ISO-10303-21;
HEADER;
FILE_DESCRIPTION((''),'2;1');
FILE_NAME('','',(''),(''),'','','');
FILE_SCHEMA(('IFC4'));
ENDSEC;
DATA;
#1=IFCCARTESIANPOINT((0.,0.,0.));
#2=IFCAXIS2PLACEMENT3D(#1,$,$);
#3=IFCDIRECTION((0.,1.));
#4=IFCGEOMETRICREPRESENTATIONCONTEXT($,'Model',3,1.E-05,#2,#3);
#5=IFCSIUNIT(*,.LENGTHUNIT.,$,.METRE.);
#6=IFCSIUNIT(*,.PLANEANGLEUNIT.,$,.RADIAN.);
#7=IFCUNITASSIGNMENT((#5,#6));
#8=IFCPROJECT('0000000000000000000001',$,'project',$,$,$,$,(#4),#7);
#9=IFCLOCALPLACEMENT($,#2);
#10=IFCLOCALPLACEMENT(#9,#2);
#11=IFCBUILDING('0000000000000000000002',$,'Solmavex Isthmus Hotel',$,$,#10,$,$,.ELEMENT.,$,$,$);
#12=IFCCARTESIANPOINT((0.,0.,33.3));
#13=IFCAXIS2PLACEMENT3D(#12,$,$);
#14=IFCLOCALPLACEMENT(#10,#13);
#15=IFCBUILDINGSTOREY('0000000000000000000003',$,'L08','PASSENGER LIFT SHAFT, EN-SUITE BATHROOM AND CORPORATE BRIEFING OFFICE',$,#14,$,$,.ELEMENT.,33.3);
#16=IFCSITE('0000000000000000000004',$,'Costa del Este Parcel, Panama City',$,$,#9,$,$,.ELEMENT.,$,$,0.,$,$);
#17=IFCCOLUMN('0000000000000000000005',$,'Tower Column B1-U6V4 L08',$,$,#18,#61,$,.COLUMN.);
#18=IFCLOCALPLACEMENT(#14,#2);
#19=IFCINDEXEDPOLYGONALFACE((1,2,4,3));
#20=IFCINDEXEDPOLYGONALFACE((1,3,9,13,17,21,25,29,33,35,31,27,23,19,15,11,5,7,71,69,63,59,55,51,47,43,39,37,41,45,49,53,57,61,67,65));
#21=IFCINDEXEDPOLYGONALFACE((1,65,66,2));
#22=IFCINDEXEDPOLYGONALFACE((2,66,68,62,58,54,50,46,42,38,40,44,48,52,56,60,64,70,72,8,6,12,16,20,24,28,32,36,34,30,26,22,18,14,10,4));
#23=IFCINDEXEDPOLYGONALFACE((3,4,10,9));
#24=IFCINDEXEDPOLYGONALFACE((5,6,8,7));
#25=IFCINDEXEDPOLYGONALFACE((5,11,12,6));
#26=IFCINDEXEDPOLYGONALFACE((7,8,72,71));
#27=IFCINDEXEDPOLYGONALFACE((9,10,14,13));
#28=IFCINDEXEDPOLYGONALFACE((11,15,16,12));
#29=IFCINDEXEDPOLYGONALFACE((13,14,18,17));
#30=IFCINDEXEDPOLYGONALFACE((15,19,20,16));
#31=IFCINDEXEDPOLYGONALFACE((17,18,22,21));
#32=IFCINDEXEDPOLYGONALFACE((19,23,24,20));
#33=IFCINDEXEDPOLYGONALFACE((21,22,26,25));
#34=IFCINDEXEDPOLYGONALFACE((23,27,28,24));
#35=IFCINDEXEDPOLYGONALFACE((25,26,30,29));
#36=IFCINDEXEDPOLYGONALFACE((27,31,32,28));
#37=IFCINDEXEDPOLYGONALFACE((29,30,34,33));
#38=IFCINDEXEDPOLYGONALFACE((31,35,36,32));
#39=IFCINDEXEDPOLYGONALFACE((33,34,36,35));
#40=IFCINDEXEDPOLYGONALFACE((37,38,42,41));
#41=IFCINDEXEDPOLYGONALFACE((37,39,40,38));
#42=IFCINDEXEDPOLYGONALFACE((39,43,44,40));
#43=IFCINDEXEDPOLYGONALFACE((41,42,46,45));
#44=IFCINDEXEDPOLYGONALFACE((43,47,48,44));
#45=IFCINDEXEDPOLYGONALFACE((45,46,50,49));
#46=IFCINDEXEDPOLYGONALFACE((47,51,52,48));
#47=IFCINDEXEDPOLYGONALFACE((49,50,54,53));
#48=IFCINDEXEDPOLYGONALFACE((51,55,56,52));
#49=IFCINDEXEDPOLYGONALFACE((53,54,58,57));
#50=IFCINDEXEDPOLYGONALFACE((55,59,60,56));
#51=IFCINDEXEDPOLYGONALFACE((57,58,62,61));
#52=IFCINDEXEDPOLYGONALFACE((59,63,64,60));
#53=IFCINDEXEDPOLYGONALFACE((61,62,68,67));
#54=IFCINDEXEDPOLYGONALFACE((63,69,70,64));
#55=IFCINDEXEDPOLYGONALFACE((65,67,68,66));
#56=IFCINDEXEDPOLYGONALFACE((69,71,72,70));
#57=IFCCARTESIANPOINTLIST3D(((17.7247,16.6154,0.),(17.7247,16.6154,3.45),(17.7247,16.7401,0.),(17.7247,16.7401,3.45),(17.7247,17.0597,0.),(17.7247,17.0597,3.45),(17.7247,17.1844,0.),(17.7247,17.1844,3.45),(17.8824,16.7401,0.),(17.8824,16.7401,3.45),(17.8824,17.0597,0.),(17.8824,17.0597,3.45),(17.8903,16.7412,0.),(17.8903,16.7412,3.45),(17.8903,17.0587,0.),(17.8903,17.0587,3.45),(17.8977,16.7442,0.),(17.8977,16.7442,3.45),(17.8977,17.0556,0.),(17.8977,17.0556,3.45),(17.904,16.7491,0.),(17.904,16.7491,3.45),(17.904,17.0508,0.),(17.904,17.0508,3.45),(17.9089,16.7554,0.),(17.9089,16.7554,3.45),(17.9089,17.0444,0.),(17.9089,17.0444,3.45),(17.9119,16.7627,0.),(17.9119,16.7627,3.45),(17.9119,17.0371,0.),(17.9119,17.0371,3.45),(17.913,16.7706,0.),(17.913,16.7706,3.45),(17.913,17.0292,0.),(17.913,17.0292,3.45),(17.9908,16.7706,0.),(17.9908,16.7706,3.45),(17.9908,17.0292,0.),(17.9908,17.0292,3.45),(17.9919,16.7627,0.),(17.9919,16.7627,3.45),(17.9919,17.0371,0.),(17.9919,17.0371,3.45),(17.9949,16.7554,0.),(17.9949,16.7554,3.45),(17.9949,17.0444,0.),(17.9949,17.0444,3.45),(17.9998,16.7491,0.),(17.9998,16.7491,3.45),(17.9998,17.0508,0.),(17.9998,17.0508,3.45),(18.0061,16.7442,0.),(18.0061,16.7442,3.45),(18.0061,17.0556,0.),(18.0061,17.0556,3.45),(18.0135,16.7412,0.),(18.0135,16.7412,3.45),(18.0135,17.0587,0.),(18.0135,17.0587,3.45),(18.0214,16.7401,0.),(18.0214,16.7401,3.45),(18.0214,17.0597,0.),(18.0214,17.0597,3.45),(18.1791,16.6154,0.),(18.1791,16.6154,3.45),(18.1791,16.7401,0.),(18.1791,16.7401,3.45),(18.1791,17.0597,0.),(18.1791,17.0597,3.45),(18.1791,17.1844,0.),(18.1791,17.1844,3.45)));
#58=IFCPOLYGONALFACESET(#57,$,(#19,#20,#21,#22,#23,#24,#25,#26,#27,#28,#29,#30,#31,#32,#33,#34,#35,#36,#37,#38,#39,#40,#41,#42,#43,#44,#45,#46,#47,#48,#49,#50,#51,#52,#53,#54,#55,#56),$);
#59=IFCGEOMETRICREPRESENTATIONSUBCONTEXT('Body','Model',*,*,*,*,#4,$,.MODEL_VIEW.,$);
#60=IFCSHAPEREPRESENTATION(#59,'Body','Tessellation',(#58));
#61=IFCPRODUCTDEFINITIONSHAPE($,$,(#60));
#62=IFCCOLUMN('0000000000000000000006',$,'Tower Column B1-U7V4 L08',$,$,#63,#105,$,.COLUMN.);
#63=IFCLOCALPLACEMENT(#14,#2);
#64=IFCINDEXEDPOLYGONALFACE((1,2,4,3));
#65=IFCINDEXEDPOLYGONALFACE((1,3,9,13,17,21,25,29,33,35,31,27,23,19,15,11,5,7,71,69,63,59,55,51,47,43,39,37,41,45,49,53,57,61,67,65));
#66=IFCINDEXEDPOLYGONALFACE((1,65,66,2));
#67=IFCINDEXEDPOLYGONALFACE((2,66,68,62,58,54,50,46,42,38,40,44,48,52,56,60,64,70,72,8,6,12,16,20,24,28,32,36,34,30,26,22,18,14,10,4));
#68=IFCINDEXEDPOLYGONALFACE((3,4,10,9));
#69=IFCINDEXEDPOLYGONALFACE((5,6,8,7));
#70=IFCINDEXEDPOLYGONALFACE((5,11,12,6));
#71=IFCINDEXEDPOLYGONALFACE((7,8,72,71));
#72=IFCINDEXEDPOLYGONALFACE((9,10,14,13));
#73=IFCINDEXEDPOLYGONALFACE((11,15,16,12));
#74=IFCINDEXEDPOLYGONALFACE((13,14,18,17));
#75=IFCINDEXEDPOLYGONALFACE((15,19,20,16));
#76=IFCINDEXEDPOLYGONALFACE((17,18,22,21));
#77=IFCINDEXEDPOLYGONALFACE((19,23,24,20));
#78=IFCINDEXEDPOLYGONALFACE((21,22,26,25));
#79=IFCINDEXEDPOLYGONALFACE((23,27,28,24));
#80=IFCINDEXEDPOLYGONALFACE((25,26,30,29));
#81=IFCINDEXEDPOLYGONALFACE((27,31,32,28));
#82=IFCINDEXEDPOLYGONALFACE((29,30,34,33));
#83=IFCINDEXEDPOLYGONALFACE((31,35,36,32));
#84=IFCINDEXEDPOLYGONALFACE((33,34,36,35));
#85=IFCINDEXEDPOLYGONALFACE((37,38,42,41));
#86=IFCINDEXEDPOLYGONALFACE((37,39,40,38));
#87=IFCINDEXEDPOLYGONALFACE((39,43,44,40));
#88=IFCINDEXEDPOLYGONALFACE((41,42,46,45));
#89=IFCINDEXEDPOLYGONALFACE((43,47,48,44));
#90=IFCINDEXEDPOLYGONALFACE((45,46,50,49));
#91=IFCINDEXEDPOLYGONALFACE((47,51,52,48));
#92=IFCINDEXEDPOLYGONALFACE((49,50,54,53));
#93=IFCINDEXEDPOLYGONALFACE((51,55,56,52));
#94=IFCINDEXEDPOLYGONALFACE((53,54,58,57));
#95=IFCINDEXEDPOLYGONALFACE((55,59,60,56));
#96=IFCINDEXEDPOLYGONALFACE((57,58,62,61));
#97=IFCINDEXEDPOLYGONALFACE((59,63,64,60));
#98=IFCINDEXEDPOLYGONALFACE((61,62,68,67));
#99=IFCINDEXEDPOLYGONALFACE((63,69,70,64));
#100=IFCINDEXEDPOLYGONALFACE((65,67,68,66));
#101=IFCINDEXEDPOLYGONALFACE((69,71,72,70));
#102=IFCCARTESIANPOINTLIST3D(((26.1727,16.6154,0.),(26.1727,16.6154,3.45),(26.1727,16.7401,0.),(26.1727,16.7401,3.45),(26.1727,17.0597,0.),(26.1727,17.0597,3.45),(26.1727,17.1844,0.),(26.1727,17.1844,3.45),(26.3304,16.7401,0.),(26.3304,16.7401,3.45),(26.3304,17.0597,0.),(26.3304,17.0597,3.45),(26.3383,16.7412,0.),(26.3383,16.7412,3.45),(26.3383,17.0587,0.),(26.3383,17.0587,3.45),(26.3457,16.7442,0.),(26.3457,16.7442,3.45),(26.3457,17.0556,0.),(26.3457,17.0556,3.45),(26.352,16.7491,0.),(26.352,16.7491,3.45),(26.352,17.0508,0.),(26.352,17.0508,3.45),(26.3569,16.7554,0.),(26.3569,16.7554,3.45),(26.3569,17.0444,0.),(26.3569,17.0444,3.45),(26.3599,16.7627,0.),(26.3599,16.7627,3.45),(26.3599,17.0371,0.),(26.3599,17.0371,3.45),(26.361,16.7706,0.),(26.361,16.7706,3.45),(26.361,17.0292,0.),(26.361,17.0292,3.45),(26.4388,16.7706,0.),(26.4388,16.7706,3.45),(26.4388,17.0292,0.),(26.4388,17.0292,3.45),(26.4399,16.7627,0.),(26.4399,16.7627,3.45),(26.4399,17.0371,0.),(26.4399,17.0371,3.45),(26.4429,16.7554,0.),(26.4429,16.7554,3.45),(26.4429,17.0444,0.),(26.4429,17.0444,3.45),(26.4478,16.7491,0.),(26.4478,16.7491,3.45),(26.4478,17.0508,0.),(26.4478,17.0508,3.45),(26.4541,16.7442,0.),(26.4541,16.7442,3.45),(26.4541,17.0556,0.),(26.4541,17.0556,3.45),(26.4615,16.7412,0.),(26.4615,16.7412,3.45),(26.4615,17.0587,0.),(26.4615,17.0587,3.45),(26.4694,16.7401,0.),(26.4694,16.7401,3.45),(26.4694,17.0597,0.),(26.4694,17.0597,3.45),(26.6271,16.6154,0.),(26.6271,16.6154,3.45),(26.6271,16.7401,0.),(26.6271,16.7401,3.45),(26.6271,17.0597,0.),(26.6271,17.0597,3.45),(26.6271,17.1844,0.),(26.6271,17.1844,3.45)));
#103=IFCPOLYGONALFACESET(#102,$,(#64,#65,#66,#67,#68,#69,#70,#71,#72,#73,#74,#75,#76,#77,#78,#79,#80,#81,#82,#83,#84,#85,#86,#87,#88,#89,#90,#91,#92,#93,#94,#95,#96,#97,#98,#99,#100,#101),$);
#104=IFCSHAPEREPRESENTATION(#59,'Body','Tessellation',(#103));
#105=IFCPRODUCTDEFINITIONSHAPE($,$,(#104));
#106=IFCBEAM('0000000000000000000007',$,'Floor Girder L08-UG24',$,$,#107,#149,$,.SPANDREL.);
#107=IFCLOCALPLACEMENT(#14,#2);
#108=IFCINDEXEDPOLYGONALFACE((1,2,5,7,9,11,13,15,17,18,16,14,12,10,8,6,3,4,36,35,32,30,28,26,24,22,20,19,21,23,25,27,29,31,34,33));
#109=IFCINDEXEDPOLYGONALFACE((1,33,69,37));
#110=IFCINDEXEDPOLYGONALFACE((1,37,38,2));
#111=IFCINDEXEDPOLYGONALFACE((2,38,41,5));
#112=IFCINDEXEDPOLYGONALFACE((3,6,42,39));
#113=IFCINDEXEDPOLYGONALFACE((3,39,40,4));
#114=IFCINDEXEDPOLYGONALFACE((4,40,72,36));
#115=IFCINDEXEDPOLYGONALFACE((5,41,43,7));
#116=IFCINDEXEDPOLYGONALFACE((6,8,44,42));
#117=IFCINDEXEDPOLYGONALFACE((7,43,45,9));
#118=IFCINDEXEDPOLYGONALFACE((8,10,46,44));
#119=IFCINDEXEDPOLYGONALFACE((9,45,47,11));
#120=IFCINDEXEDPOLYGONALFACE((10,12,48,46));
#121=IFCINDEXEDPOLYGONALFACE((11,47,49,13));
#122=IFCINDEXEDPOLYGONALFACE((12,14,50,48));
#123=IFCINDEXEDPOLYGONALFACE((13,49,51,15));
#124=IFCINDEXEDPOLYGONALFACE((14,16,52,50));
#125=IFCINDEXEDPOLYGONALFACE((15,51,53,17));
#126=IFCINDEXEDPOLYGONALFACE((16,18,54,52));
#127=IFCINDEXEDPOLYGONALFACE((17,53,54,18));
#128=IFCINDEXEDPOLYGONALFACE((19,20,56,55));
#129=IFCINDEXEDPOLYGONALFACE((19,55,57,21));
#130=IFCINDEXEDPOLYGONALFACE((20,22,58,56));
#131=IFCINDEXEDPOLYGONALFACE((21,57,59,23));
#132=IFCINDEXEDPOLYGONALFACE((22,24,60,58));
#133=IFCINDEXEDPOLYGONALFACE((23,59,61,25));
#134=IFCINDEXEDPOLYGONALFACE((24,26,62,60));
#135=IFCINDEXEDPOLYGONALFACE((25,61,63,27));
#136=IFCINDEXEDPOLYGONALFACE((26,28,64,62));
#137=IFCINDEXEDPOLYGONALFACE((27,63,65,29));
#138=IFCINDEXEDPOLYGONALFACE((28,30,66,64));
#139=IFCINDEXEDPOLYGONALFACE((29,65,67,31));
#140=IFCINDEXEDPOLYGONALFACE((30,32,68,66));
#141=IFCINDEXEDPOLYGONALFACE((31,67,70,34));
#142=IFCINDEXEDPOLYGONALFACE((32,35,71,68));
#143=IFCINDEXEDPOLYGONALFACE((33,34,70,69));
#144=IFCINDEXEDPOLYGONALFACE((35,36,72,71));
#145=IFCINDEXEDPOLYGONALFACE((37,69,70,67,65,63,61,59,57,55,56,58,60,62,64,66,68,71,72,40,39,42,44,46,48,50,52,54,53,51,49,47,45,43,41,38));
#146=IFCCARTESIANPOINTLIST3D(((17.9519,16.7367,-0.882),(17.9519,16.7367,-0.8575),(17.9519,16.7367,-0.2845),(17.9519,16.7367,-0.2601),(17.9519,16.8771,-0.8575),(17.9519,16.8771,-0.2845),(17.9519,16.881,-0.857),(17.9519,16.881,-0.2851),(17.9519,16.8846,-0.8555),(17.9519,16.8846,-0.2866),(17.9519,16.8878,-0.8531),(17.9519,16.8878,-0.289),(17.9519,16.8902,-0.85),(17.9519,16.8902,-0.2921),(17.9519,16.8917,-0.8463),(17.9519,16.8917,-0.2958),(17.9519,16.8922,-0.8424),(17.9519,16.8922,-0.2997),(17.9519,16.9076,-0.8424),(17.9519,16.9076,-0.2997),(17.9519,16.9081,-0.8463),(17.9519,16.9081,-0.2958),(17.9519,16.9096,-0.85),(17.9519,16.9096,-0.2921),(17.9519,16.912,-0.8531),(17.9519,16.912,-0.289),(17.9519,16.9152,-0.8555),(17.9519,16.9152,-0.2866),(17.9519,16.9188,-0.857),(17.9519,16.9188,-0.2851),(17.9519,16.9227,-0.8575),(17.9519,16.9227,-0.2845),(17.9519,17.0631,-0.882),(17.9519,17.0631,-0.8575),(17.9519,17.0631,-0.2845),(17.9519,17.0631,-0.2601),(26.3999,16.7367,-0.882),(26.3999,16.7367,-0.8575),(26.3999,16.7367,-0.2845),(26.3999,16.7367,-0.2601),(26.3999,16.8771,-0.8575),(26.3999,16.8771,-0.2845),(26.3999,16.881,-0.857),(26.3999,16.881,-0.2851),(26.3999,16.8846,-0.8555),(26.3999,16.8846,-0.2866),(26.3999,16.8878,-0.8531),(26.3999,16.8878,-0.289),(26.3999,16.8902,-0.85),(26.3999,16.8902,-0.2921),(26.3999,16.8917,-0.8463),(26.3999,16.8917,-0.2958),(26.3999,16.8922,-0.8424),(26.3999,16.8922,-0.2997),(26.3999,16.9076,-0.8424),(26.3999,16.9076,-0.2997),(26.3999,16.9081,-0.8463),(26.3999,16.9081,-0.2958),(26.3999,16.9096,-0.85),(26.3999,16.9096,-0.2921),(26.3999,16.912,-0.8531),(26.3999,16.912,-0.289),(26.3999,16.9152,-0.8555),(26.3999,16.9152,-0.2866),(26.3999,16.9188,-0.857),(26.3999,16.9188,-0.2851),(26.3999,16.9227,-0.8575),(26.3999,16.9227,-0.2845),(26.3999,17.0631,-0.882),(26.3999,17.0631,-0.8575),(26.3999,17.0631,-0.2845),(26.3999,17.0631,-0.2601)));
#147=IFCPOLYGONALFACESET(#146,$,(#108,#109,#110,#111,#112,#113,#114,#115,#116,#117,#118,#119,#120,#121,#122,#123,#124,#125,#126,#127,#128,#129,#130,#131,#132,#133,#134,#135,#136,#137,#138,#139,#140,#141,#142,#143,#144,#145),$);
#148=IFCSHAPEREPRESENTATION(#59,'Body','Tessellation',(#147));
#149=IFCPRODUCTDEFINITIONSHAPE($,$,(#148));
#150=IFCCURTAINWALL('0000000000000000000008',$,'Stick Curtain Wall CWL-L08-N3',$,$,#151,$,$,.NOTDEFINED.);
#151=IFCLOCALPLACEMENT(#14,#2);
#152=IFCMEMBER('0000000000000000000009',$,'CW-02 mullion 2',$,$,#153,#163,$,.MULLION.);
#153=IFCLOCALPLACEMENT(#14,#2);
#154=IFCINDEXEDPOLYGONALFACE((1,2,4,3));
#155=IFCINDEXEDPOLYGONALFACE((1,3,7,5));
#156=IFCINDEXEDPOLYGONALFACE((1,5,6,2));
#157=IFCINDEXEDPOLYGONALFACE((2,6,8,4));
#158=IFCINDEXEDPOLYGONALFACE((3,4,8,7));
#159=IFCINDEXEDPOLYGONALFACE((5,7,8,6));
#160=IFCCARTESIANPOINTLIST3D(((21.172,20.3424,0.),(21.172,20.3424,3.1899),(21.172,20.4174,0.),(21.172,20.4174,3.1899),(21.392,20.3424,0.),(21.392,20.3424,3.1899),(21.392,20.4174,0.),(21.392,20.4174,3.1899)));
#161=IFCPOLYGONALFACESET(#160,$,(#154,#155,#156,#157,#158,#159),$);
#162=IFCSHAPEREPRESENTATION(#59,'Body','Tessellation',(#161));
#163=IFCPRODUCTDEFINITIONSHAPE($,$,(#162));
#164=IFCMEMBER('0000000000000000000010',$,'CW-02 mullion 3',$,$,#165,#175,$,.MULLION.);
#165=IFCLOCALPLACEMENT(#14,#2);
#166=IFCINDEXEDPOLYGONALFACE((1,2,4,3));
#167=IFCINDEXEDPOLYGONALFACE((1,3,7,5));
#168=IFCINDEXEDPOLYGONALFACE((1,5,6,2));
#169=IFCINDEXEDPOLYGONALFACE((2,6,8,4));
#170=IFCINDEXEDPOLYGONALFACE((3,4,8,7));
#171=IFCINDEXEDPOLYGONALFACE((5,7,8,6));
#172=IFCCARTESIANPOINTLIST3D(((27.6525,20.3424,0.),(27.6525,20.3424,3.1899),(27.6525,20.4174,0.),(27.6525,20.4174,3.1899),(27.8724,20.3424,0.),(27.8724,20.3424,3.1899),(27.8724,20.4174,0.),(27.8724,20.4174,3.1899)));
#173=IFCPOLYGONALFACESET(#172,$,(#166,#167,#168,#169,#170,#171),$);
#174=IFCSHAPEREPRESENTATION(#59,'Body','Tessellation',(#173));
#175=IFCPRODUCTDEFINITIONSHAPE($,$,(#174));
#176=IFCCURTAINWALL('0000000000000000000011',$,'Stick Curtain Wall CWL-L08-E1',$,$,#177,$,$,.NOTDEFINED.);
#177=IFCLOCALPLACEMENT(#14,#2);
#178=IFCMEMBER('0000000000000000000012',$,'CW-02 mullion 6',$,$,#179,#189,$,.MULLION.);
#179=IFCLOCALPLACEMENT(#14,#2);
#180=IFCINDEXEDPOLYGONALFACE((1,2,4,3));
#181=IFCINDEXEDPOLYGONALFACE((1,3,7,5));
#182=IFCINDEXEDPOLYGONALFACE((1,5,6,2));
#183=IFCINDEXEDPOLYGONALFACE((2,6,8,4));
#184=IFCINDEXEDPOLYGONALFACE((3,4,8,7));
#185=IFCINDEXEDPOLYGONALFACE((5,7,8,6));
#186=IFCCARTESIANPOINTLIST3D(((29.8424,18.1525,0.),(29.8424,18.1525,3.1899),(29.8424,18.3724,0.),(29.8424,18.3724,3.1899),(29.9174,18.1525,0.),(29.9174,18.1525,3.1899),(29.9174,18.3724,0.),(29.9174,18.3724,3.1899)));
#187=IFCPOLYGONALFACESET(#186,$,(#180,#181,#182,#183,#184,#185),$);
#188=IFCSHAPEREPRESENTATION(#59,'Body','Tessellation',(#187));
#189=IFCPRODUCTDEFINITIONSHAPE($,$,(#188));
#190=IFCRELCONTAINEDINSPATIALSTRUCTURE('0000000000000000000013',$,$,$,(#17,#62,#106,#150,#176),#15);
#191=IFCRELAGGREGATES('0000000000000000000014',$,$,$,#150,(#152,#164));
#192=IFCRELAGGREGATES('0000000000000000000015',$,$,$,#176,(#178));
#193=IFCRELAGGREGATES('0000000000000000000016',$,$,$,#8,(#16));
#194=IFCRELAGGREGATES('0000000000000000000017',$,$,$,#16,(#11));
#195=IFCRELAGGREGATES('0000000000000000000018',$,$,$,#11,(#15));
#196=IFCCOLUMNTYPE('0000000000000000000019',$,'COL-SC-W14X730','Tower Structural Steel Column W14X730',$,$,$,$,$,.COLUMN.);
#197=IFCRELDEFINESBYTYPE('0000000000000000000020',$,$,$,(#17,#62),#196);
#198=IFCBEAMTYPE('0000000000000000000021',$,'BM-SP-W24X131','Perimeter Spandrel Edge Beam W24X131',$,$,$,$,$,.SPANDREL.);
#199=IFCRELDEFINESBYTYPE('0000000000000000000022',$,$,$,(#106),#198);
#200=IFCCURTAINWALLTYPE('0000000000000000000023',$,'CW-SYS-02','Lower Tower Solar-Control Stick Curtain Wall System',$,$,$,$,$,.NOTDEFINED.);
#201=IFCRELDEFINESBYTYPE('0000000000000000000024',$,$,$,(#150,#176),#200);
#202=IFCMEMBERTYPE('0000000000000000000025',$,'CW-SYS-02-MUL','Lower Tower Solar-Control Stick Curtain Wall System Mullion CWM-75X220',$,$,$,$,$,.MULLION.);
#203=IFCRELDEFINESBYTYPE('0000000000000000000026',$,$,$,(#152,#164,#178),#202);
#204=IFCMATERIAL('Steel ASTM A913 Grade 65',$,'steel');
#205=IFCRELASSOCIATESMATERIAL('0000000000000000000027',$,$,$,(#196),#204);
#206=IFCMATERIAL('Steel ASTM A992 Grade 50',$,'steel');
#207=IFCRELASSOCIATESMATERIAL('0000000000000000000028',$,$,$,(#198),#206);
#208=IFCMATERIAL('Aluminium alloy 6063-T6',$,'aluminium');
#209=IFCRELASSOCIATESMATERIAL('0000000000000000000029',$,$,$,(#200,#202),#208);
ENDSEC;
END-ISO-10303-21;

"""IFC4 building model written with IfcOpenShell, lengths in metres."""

from ifc_helpers import new_model, si_unit, direction, frame, origin, origin_2d, place, context, subcontext, project, spatial, rectangle, i_section, extrude, material, material_profile, profile_set, type_object, element, aggregate, save


model = new_model("IFC4")

# Units and contexts
model_context = context("Model", 3, precision=1e-05, world=origin(), true_north=direction((0.0, 1.0)))
body_context = subcontext(model_context, "Body", "Model", "MODEL_VIEW")
ifc_project = project(units=[si_unit("LENGTHUNIT", "METRE"), si_unit("PLANEANGLEUNIT", "RADIAN")], contexts=[model_context])

# Site, building, storey
site_placement = place(None, origin())
site = spatial("IfcSite", under=ifc_project, at=site_placement, Name="Costa del Este Parcel, Panama City", CompositionType="ELEMENT", RefElevation=0.0)
building_placement = place(site_placement, origin())
building = spatial("IfcBuilding", under=site, at=building_placement, Name="Solmavex Isthmus Hotel", CompositionType="ELEMENT")
storey_placement = place(building_placement, frame((0.0, 0.0, 33.3)))
storey = spatial("IfcBuildingStorey", under=building, at=storey_placement, Name="L08", Description="PASSENGER LIFT SHAFT, EN-SUITE BATHROOM AND CORPORATE BRIEFING OFFICE", CompositionType="ELEMENT", Elevation=33.3)

# Columns
ifc_material_1 = material(Name="Steel ASTM A913 Grade 65", Category="steel")
ifc_material_profile_1 = material_profile(ifc_material_1, i_section(OverallWidth=0.4543, OverallDepth=0.5691, WebThickness=0.0779, FlangeThickness=0.1248, FilletRadius=0.0305, at=origin_2d()), Name="W14X730")
ifc_profile_set_1 = profile_set([ifc_material_profile_1], Name="Steel ASTM A913 Grade 65")
column_type = type_object("IfcColumnType", Name="COL-SC-W14X730", Description="Tower Structural Steel Column W14X730", PredefinedType="COLUMN", material=ifc_profile_set_1)
for number, where, z_axis, x_axis, name in (
    (1, (17.9519, 16.8999, 0.0), (0.0, 0.0, 1.0), (1.0, 0.0, 0.0), "Tower Column B1-U6V4 L08"),
    (2, (26.3999, 16.8999, 0.0), (0.0, 0.0, 1.0), (1.0, 0.0, 0.0), "Tower Column B1-U7V4 L08"),
):
    element("IfcColumn", number, at=place(storey_placement, frame(where, z_axis=z_axis, x_axis=x_axis)), inside=storey, type_object=column_type, Name=name, PredefinedType="COLUMN", context=body_context, shape_type="SweptSolid", body=[
        extrude(i_section(OverallWidth=0.4543, OverallDepth=0.5691, WebThickness=0.0779, FlangeThickness=0.1248, FilletRadius=0.0305, at=origin_2d()), origin(), (0.0, 0.0, 1.0), 3.45),
    ])

# Beam
ifc_material_2 = material(Name="Steel ASTM A992 Grade 50", Category="steel")
ifc_material_profile_2 = material_profile(ifc_material_2, i_section(OverallWidth=0.3264, OverallDepth=0.6218, WebThickness=0.0154, FlangeThickness=0.0244, FilletRadius=0.0151, at=origin_2d()), Name="W24X131")
ifc_profile_set_2 = profile_set([ifc_material_profile_2], Name="Steel ASTM A992 Grade 50")
beam_type = type_object("IfcBeamType", Name="BM-SP-W24X131", Description="Perimeter Spandrel Edge Beam W24X131", PredefinedType="SPANDREL", material=ifc_profile_set_2)
beam_placement = place(storey_placement, frame((17.9519, 16.8999, -0.571), z_axis=(1.0, 0.0, 0.0), x_axis=(0.0, 1.0, 0.0)))
element("IfcBeam", 3, at=beam_placement, inside=storey, type_object=beam_type, Name="Floor Girder L08-UG24", PredefinedType="SPANDREL", context=body_context, shape_type="SweptSolid", body=[
    extrude(i_section(OverallWidth=0.3264, OverallDepth=0.6218, WebThickness=0.0154, FlangeThickness=0.0244, FilletRadius=0.0151, at=origin_2d()), origin(), (0.0, 0.0, 1.0), 8.448),
])

# Curtain wall, members
ifc_material_3 = material(Name="Aluminium alloy 6063-T6", Category="aluminium")
curtain_wall_type = type_object("IfcCurtainWallType", Name="CW-SYS-02", Description="Lower Tower Solar-Control Stick Curtain Wall System", PredefinedType="NOTDEFINED", material=ifc_material_3)
curtain_wall_1_placement = place(storey_placement, origin())
curtain_wall_1 = element("IfcCurtainWall", 4, at=curtain_wall_1_placement, inside=storey, type_object=curtain_wall_type, Name="Stick Curtain Wall CWL-L08-N3", PredefinedType="NOTDEFINED")
ifc_material_profile_3 = material_profile(ifc_material_3, rectangle(XDim=0.075, YDim=0.22, at=origin_2d()), Name="CWM-75X220")
ifc_profile_set_3 = profile_set([ifc_material_profile_3], Name="Aluminium alloy 6063-T6")
member_type_1 = type_object("IfcMemberType", Name="CW-SYS-02-MUL", Description="Lower Tower Solar-Control Stick Curtain Wall System Mullion CWM-75X220", PredefinedType="MULLION", material=ifc_profile_set_3)
member_1_placement = place(storey_placement, frame((21.282, 20.3799, 0.0), z_axis=(0.0, 0.0, 1.0), x_axis=(0.0, 1.0, 0.0)))
member_1 = element("IfcMember", 5, at=member_1_placement, type_object=member_type_1, Name="CW-02 mullion 2", PredefinedType="MULLION", context=body_context, shape_type="SweptSolid", body=[
    extrude(rectangle(XDim=0.075, YDim=0.22, at=origin_2d()), origin(), (0.0, 0.0, 1.0), 3.1899),
])
member_2_placement = place(storey_placement, frame((27.7625, 20.3799, 0.0), z_axis=(0.0, 0.0, 1.0), x_axis=(0.0, 1.0, 0.0)))
member_2 = element("IfcMember", 6, at=member_2_placement, type_object=member_type_1, Name="CW-02 mullion 3", PredefinedType="MULLION", context=body_context, shape_type="SweptSolid", body=[
    extrude(rectangle(XDim=0.075, YDim=0.22, at=origin_2d()), origin(), (0.0, 0.0, 1.0), 3.1899),
])

# Curtain wall, member
curtain_wall_2_placement = place(storey_placement, origin())
curtain_wall_2 = element("IfcCurtainWall", 7, at=curtain_wall_2_placement, inside=storey, type_object=curtain_wall_type, Name="Stick Curtain Wall CWL-L08-E1", PredefinedType="NOTDEFINED")
member_3_placement = place(storey_placement, frame((29.8799, 18.2625, 0.0), z_axis=(0.0, 0.0, 1.0), x_axis=(-1.0, 0.0, 0.0)))
member_3 = element("IfcMember", 8, at=member_3_placement, type_object=member_type_1, Name="CW-02 mullion 6", PredefinedType="MULLION", context=body_context, shape_type="SweptSolid", body=[
    extrude(rectangle(XDim=0.075, YDim=0.22, at=origin_2d()), origin(), (0.0, 0.0, 1.0), 3.1899),
])

aggregate(curtain_wall_1, [member_1, member_2])
aggregate(curtain_wall_2, [member_3])

save(model, "model.ifc")
